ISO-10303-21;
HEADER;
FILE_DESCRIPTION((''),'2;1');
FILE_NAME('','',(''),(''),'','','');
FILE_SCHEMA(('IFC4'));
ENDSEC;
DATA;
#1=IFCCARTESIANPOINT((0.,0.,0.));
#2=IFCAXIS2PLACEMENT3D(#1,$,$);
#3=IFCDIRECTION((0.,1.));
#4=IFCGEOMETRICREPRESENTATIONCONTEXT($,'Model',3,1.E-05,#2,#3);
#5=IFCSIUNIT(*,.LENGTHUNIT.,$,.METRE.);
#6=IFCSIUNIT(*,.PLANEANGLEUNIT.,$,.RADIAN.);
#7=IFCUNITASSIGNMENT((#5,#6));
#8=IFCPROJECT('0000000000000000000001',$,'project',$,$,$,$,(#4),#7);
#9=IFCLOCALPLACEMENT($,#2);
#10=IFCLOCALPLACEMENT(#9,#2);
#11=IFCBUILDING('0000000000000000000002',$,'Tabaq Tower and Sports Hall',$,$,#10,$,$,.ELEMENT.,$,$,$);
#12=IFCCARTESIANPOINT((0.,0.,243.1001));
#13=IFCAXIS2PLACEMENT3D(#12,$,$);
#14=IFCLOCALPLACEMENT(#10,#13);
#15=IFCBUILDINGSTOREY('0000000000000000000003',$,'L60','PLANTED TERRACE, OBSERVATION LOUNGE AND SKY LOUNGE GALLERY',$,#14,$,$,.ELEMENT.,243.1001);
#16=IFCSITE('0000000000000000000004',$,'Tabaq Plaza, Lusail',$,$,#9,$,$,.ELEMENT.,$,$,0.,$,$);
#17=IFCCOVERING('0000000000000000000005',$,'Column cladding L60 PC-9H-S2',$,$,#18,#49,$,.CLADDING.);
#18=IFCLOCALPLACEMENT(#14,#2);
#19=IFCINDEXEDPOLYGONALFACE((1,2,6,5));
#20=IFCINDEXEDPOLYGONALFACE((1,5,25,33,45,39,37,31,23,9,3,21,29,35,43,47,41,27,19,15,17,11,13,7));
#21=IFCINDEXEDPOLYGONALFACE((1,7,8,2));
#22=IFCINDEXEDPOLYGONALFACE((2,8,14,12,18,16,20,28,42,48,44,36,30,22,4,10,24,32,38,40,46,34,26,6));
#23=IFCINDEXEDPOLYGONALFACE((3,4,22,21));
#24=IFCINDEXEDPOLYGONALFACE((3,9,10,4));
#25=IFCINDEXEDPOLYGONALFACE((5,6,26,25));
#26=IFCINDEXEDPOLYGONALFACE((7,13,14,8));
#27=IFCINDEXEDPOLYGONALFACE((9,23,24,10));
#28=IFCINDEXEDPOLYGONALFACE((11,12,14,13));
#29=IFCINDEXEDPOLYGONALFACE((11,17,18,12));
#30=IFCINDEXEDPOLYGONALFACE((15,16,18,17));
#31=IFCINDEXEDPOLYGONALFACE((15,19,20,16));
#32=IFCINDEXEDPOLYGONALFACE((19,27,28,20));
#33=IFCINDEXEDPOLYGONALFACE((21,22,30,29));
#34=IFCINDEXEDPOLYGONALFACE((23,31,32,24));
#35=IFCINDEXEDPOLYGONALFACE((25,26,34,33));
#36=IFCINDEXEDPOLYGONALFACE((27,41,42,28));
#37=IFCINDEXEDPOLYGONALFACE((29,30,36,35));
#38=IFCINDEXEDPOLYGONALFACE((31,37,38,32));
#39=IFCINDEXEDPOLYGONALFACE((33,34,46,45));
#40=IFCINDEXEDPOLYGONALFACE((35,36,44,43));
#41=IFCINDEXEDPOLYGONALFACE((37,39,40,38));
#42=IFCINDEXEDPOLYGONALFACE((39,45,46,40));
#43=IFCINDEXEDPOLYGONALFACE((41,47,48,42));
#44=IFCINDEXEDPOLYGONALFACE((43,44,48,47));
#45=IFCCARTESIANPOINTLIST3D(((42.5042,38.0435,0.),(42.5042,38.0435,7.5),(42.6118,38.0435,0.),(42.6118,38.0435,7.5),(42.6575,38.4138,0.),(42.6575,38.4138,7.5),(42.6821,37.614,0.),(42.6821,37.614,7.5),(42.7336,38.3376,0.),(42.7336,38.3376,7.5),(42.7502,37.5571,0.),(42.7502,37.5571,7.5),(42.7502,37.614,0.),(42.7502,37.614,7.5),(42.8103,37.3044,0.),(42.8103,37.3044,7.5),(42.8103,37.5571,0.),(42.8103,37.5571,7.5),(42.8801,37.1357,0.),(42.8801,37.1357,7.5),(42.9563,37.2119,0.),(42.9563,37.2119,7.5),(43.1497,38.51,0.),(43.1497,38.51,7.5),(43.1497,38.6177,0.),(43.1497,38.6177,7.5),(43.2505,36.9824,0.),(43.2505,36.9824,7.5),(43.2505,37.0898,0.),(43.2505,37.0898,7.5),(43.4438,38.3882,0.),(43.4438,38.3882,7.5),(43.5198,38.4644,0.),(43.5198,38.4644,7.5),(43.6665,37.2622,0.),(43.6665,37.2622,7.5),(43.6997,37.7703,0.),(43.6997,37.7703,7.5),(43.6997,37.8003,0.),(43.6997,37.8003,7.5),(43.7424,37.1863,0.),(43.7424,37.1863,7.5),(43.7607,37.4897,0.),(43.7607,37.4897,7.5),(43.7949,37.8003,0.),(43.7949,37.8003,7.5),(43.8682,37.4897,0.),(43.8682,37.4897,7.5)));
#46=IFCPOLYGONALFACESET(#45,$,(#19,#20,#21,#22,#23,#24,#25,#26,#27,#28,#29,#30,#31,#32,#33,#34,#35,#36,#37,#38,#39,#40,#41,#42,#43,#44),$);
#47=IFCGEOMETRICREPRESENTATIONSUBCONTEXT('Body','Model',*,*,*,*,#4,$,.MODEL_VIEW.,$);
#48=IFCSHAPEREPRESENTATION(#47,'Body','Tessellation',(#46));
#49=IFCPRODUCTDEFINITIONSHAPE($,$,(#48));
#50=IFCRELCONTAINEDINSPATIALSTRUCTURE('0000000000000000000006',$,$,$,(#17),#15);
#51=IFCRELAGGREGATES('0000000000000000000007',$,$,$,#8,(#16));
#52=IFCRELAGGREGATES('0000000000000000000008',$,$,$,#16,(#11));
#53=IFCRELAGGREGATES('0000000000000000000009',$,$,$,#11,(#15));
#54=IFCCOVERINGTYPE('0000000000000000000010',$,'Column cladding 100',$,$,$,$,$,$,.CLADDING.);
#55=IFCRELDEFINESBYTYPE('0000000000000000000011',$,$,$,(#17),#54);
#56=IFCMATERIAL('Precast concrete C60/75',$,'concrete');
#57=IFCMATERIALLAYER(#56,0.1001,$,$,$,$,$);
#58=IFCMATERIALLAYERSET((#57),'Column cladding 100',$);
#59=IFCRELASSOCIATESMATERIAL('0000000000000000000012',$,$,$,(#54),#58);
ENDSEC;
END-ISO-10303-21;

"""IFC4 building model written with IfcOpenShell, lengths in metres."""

from ifc_helpers import new_model, si_unit, direction, frame, origin, place, context, subcontext, project, spatial, polyline, outline, extrude, material, layer, layer_set, type_object, element, save


model = new_model("IFC4")

# Units and contexts
model_context = context("Model", 3, precision=1e-05, world=origin(), true_north=direction((0.0, 1.0)))
body_context = subcontext(model_context, "Body", "Model", "MODEL_VIEW")
ifc_project = project(units=[si_unit("LENGTHUNIT", "METRE"), si_unit("PLANEANGLEUNIT", "RADIAN")], contexts=[model_context])

# Site, building, storey
site_placement = place(None, origin())
site = spatial("IfcSite", under=ifc_project, at=site_placement, Name="Tabaq Plaza, Lusail", CompositionType="ELEMENT", RefElevation=0.0)
building_placement = place(site_placement, origin())
building = spatial("IfcBuilding", under=site, at=building_placement, Name="Tabaq Tower and Sports Hall", CompositionType="ELEMENT")
storey_placement = place(building_placement, frame((0.0, 0.0, 243.1001)))
storey = spatial("IfcBuildingStorey", under=building, at=storey_placement, Name="L60", Description="PLANTED TERRACE, OBSERVATION LOUNGE AND SKY LOUNGE GALLERY", CompositionType="ELEMENT", Elevation=243.1001)

# Covering
ifc_material_1 = material(Name="Precast concrete C60/75", Category="concrete")
ifc_layer_1 = layer(ifc_material_1, 0.1001)
ifc_layer_set_1 = layer_set([ifc_layer_1], Name="Column cladding 100")
covering_type = type_object("IfcCoveringType", Name="Column cladding 100", PredefinedType="CLADDING", material=ifc_layer_set_1)
covering_1_placement = place(storey_placement, origin())
element("IfcCovering", 1, at=covering_1_placement, inside=storey, type_object=covering_type, Name="Column cladding L60 PC-9H-S2", PredefinedType="CLADDING", context=body_context, shape_type="SweptSolid", body=[
    extrude(outline(polyline([(43.2505, 36.9824), (42.8801, 37.1357), (42.8103, 37.3044), (42.8103, 37.5571), (42.7502, 37.5571), (42.7502, 37.614), (42.6821, 37.614), (42.5042, 38.0435), (42.6575, 38.4138), (43.1497, 38.6177), (43.5198, 38.4644), (43.7949, 37.8003), (43.6997, 37.8003), (43.6997, 37.7703), (43.4438, 38.3882), (43.1497, 38.51), (42.7336, 38.3376), (42.6118, 38.0435), (42.9563, 37.2119), (43.2505, 37.0898), (43.6665, 37.2622), (43.7607, 37.4897), (43.8682, 37.4897), (43.7424, 37.1863), (43.2505, 36.9824)])), origin(), (0.0, 0.0, 1.0), 7.5),
])

save(model, "model.ifc")
